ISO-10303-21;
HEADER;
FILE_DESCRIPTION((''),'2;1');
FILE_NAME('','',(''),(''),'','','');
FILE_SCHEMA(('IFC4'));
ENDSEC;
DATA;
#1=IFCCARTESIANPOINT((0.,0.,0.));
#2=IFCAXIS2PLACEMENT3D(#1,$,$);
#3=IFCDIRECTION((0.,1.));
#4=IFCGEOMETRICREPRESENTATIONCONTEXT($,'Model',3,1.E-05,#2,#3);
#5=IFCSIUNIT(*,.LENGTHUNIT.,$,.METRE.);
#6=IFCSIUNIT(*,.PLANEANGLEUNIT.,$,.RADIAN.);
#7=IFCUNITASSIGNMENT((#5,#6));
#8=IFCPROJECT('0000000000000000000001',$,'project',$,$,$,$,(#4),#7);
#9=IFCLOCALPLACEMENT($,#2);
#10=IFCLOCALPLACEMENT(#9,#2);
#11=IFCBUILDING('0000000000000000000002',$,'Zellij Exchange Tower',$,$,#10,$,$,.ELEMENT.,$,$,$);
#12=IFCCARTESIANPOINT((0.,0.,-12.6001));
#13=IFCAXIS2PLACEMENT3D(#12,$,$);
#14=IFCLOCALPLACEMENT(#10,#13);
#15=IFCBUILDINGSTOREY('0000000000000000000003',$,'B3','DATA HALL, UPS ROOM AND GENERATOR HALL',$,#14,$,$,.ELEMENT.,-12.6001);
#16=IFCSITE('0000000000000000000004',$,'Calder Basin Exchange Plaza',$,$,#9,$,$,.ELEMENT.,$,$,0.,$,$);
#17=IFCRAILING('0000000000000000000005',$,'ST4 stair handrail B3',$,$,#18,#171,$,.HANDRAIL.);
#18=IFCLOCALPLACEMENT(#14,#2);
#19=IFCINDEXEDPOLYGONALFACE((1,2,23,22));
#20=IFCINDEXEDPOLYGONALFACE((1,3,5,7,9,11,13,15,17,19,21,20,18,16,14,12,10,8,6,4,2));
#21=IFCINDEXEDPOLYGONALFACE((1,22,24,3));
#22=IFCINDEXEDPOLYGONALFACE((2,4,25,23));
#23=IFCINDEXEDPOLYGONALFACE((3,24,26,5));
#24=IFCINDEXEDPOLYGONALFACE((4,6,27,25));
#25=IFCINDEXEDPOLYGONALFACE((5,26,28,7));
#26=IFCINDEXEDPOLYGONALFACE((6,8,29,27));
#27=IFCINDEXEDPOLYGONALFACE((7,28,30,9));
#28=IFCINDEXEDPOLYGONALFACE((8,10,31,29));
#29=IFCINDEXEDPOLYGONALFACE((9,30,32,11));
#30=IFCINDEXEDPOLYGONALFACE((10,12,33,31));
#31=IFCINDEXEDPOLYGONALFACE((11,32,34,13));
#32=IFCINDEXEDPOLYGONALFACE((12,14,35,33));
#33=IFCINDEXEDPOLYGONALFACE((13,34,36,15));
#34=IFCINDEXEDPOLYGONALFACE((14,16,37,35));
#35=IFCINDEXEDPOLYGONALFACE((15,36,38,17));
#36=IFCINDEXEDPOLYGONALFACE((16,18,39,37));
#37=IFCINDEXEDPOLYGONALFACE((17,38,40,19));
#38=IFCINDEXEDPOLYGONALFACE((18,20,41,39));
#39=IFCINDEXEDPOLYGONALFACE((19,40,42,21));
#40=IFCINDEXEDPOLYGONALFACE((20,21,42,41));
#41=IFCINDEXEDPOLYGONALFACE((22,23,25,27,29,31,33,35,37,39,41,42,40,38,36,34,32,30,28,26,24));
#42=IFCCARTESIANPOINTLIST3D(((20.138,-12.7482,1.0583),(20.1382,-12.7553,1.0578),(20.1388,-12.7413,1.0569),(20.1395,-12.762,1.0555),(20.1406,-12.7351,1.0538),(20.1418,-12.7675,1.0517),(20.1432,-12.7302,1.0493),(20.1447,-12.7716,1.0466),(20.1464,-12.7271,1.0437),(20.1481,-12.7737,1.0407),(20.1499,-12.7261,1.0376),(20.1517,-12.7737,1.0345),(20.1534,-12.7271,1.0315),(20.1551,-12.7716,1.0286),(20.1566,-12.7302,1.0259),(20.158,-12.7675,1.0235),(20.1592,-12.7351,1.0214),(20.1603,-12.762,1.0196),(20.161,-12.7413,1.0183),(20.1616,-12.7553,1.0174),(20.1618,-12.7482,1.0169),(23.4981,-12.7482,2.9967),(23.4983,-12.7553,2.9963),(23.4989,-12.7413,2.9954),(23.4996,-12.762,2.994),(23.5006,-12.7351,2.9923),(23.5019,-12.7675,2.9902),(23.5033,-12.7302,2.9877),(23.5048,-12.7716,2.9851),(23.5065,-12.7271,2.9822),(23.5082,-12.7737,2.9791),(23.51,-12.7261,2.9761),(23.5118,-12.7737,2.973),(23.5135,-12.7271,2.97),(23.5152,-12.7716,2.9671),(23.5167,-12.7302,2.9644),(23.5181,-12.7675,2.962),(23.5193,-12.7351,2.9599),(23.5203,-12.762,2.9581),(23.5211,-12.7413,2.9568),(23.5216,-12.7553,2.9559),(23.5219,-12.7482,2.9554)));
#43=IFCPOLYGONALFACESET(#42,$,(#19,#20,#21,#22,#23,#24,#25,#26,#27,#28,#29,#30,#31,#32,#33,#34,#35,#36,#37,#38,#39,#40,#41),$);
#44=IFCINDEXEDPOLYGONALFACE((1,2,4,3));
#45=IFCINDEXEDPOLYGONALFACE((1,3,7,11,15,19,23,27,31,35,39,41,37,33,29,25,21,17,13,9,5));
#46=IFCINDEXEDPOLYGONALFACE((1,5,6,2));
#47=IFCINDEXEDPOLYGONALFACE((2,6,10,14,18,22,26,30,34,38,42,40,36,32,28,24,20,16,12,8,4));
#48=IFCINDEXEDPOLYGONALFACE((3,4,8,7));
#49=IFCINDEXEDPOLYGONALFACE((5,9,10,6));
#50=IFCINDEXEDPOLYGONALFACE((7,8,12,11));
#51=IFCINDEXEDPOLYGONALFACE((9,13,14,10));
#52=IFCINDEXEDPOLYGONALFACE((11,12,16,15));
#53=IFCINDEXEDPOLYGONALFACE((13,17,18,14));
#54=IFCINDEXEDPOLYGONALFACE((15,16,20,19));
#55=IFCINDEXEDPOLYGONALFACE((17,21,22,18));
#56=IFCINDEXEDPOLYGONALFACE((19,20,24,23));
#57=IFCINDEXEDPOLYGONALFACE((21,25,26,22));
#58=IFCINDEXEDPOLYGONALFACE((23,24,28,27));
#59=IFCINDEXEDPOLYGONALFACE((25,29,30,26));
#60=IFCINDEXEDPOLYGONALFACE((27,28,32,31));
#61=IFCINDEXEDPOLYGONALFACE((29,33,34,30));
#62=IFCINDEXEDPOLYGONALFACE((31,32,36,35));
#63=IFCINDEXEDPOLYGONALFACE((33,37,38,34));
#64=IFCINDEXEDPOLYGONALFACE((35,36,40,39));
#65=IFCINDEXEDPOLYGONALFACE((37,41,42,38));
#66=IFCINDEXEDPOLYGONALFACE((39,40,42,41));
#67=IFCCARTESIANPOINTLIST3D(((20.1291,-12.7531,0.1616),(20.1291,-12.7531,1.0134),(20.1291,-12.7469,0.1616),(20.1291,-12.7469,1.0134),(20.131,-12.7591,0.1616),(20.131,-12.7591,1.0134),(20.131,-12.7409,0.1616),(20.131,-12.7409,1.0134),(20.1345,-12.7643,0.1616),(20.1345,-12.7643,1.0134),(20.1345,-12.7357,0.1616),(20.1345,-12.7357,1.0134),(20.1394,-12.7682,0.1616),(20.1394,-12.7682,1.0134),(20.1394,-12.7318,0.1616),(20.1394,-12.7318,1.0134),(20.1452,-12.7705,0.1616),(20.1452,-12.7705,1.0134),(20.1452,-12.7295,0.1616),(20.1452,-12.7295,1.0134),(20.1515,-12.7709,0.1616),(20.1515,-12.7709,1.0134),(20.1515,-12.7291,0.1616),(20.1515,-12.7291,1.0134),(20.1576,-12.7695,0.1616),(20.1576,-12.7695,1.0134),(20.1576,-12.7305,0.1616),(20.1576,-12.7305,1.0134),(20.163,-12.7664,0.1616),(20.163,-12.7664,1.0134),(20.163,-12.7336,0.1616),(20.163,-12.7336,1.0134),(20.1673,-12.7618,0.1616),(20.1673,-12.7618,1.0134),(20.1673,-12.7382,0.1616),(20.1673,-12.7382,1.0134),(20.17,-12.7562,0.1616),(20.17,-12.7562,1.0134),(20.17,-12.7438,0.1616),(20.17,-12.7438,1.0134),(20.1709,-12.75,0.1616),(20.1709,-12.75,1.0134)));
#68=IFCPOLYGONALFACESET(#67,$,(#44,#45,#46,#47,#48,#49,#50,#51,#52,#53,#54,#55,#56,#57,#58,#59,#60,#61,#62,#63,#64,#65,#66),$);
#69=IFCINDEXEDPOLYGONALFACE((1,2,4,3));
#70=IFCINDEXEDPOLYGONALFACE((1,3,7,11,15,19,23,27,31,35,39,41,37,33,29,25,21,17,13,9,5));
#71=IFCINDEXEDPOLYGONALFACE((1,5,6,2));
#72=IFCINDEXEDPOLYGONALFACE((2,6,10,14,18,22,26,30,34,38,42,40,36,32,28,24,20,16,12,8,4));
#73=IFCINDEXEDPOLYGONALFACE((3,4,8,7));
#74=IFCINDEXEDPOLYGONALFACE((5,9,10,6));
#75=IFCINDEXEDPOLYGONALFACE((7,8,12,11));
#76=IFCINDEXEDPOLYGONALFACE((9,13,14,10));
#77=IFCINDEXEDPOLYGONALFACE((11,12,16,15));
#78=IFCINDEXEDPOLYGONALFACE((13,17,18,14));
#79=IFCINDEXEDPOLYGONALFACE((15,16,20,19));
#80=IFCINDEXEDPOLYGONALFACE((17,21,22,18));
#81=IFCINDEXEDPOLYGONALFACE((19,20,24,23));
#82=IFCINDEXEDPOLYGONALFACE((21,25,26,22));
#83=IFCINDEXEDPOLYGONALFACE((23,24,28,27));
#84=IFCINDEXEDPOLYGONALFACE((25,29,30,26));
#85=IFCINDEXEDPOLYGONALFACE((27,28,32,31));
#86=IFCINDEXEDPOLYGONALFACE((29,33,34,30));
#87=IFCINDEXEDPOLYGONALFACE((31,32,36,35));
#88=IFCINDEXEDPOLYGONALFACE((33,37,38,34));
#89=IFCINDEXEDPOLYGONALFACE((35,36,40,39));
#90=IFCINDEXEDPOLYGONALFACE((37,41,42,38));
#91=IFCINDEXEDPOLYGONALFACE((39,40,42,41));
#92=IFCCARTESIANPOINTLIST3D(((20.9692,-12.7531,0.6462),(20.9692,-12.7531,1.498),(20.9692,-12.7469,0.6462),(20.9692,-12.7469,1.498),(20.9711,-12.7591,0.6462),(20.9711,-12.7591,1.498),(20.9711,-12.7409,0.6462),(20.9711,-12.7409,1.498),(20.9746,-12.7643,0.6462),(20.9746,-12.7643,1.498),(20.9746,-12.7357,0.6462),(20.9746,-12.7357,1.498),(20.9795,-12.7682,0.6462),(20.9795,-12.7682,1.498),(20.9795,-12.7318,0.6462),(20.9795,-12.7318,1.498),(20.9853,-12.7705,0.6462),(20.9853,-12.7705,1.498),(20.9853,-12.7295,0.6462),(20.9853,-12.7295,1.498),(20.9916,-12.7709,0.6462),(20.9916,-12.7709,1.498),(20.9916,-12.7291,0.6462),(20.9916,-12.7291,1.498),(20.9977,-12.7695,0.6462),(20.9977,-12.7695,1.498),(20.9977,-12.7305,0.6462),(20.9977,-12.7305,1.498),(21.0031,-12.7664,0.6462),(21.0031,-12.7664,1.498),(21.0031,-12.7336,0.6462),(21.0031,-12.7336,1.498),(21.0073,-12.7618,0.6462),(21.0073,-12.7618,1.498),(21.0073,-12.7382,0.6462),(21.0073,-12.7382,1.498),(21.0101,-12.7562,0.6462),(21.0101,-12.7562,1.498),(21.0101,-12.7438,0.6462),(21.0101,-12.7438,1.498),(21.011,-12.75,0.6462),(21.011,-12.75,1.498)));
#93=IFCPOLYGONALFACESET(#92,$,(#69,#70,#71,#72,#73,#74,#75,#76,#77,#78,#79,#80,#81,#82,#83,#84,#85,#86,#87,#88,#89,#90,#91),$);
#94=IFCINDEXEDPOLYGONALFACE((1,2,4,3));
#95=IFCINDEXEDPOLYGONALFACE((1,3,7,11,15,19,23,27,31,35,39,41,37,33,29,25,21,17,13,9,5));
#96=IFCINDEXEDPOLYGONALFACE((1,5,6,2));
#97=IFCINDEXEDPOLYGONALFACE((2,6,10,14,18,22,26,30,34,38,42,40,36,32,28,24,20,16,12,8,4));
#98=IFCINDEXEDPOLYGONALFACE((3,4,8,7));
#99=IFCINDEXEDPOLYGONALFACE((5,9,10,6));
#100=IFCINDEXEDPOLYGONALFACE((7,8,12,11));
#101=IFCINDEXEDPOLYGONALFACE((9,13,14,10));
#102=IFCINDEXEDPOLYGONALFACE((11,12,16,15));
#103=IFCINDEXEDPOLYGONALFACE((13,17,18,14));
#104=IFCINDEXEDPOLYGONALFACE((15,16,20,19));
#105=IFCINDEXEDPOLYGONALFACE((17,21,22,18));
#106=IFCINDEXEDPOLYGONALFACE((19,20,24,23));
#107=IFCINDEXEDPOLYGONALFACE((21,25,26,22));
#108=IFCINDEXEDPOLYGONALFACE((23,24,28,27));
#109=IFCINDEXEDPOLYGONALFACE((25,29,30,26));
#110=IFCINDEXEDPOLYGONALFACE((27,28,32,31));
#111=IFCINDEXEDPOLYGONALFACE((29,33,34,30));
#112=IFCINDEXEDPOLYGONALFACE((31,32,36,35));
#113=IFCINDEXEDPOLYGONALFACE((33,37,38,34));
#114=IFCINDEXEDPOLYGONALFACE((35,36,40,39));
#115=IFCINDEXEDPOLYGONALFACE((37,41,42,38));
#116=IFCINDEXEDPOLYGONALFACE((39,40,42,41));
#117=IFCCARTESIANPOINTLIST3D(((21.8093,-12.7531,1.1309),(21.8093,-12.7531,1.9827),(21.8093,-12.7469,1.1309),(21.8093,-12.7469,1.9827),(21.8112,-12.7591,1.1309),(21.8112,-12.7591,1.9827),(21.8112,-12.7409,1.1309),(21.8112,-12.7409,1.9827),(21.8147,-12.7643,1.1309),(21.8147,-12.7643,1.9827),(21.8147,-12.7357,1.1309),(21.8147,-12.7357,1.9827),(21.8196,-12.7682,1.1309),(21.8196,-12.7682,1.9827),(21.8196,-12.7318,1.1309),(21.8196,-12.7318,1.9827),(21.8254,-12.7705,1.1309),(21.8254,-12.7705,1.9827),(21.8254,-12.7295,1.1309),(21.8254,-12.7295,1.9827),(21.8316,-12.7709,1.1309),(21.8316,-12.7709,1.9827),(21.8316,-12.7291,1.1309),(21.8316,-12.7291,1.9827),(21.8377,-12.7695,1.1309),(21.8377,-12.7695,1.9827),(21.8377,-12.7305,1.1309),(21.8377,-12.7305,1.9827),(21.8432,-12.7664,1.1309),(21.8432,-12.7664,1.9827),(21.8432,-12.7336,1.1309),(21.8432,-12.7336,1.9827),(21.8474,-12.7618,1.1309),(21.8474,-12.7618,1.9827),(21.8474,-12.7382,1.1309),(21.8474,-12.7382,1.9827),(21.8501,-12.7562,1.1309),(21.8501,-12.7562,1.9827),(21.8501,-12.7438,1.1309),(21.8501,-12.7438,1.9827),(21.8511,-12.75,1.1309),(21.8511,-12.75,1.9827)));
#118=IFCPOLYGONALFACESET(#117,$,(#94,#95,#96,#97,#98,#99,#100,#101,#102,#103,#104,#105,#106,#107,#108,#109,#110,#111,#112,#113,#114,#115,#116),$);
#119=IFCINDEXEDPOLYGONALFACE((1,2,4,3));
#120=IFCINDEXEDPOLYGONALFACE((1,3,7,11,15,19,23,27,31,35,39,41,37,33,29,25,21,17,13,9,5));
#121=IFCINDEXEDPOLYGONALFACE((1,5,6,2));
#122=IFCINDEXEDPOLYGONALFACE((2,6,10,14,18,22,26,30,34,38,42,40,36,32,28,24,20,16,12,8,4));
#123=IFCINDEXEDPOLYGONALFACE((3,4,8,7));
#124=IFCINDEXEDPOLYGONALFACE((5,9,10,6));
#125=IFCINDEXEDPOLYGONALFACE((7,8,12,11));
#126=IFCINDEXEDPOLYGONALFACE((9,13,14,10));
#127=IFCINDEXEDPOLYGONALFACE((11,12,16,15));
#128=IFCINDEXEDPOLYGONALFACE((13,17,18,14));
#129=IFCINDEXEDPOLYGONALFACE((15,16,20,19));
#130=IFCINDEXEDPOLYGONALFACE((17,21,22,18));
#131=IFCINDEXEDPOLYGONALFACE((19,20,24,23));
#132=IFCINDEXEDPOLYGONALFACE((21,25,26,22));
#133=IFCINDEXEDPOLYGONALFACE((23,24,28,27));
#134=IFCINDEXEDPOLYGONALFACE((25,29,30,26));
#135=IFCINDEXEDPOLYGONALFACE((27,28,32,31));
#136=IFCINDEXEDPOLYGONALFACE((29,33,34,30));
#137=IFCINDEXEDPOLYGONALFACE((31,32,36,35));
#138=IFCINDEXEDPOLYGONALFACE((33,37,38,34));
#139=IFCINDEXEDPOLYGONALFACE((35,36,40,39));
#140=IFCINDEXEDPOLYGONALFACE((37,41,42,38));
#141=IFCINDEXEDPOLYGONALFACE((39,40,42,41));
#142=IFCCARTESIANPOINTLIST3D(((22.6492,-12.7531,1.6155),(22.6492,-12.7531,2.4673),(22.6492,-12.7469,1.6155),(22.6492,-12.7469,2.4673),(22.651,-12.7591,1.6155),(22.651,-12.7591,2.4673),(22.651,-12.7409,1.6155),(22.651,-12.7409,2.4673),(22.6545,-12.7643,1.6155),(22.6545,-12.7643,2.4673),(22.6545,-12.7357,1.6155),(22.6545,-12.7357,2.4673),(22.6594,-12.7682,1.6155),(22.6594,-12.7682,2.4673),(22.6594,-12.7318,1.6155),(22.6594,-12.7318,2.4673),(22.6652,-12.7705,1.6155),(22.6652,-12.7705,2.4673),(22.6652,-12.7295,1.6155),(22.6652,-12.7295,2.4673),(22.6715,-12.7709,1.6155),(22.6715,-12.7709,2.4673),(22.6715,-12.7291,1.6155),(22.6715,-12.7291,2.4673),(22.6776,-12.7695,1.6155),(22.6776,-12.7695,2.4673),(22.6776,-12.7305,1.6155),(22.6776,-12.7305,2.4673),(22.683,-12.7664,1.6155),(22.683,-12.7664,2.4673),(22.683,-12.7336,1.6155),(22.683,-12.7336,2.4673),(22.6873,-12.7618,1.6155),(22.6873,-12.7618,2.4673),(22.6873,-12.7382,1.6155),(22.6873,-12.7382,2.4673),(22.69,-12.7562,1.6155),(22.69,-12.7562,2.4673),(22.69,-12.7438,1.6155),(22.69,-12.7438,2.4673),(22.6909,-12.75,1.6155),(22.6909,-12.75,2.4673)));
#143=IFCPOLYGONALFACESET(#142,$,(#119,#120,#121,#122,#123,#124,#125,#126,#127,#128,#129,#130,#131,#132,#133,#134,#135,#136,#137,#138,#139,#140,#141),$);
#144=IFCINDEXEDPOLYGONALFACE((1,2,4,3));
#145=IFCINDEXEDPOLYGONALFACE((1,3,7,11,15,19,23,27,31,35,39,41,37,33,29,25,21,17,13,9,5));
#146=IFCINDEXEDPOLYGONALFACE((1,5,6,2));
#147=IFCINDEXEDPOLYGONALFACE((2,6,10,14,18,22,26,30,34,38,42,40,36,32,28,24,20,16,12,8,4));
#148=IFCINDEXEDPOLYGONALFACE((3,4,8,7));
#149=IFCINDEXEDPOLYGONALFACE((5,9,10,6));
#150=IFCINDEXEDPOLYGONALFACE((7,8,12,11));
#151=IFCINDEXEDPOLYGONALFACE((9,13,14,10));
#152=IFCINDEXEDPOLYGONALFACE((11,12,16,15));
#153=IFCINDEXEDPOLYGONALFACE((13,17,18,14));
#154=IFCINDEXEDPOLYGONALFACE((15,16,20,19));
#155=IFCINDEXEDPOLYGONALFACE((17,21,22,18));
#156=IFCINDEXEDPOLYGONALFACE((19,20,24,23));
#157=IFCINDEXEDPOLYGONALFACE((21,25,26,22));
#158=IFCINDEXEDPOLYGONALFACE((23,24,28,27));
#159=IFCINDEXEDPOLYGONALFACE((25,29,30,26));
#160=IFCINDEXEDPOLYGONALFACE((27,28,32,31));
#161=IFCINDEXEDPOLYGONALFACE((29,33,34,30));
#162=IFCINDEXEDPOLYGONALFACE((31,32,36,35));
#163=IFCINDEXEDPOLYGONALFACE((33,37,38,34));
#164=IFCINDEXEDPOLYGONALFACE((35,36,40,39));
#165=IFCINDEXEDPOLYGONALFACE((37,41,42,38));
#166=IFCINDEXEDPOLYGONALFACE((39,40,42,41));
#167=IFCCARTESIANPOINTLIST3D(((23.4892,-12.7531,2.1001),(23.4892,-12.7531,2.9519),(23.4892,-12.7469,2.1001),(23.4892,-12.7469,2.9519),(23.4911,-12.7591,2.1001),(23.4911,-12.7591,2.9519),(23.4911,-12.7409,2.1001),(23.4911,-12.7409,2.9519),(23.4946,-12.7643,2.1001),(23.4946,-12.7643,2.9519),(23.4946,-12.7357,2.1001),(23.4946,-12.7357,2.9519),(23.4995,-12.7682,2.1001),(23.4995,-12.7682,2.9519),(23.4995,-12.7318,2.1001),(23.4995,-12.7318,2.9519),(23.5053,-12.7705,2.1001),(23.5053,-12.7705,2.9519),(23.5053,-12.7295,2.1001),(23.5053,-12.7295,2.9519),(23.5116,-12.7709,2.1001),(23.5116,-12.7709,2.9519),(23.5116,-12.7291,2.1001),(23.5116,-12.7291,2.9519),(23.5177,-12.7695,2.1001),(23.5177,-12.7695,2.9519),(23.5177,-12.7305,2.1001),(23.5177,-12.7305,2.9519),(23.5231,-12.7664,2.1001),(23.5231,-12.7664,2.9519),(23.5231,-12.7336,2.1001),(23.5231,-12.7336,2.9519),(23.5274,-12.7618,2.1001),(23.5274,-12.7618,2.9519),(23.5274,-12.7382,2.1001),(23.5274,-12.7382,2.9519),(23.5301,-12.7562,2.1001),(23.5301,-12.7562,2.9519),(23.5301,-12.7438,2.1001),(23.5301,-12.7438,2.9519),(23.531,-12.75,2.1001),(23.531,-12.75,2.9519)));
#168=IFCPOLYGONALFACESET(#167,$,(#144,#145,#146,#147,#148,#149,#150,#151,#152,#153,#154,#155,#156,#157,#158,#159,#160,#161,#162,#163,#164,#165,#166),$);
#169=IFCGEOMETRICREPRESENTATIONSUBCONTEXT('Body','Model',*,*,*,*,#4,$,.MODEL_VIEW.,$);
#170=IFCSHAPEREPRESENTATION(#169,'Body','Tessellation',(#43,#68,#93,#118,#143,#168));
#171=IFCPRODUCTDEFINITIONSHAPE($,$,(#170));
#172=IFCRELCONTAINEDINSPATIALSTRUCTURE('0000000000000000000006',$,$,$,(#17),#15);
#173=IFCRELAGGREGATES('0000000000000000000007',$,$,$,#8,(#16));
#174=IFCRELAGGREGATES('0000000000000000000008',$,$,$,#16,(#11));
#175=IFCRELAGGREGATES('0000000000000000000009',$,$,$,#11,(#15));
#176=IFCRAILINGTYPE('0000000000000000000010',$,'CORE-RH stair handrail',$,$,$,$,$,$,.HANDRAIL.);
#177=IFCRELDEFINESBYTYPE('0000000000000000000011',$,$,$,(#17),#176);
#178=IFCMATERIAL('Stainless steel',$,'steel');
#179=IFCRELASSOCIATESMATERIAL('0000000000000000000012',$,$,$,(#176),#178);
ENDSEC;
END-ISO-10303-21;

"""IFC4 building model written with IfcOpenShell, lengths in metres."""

from ifc_helpers import new_model, si_unit, direction, frame, origin, origin_2d, place, context, subcontext, project, spatial, circle, extrude, material, type_object, element, save


model = new_model("IFC4")

# Units and contexts
model_context = context("Model", 3, precision=1e-05, world=origin(), true_north=direction((0.0, 1.0)))
body_context = subcontext(model_context, "Body", "Model", "MODEL_VIEW")
ifc_project = project(units=[si_unit("LENGTHUNIT", "METRE"), si_unit("PLANEANGLEUNIT", "RADIAN")], contexts=[model_context])

# Site, building, storey
site_placement = place(None, origin())
site = spatial("IfcSite", under=ifc_project, at=site_placement, Name="Calder Basin Exchange Plaza", CompositionType="ELEMENT", RefElevation=0.0)
building_placement = place(site_placement, origin())
building = spatial("IfcBuilding", under=site, at=building_placement, Name="Zellij Exchange Tower", CompositionType="ELEMENT")
storey_placement = place(building_placement, frame((0.0, 0.0, -12.6001)))
storey = spatial("IfcBuildingStorey", under=building, at=storey_placement, Name="B3", Description="DATA HALL, UPS ROOM AND GENERATOR HALL", CompositionType="ELEMENT", Elevation=-12.6001)

# Railing
ifc_material_1 = material(Name="Stainless steel", Category="steel")
railing_type_1 = type_object("IfcRailingType", Name="CORE-RH stair handrail", PredefinedType="HANDRAIL", material=ifc_material_1)
railing_1_placement = place(storey_placement, frame((20.1499, -12.75, 0.1616)))
element("IfcRailing", 1, at=railing_1_placement, inside=storey, type_object=railing_type_1, Name="ST4 stair handrail B3", PredefinedType="HANDRAIL", context=body_context, shape_type="SweptSolid", body=[
    extrude(circle(Radius=0.0239, at=origin_2d()), frame((0.0, 0.0, 0.876), z_axis=(0.866191, 0.0, 0.499713), x_axis=(0.0, 1.0, 0.0)), (0.0, 0.0, 1.0), 3.8792),
    extrude(circle(Radius=0.021, at=origin_2d()), origin(), (0.0, 0.0, 1.0), 0.8518),
    extrude(circle(Radius=0.021, at=origin_2d()), frame((0.8401, 0.0, 0.4846)), (0.0, 0.0, 1.0), 0.8518),
    extrude(circle(Radius=0.021, at=origin_2d()), frame((1.6802, 0.0, 0.9692)), (0.0, 0.0, 1.0), 0.8518),
    extrude(circle(Radius=0.021, at=origin_2d()), frame((2.52, 0.0, 1.4539)), (0.0, 0.0, 1.0), 0.8518),
    extrude(circle(Radius=0.021, at=origin_2d()), frame((3.3601, 0.0, 1.9385)), (0.0, 0.0, 1.0), 0.8518),
])

save(model, "model.ifc")
